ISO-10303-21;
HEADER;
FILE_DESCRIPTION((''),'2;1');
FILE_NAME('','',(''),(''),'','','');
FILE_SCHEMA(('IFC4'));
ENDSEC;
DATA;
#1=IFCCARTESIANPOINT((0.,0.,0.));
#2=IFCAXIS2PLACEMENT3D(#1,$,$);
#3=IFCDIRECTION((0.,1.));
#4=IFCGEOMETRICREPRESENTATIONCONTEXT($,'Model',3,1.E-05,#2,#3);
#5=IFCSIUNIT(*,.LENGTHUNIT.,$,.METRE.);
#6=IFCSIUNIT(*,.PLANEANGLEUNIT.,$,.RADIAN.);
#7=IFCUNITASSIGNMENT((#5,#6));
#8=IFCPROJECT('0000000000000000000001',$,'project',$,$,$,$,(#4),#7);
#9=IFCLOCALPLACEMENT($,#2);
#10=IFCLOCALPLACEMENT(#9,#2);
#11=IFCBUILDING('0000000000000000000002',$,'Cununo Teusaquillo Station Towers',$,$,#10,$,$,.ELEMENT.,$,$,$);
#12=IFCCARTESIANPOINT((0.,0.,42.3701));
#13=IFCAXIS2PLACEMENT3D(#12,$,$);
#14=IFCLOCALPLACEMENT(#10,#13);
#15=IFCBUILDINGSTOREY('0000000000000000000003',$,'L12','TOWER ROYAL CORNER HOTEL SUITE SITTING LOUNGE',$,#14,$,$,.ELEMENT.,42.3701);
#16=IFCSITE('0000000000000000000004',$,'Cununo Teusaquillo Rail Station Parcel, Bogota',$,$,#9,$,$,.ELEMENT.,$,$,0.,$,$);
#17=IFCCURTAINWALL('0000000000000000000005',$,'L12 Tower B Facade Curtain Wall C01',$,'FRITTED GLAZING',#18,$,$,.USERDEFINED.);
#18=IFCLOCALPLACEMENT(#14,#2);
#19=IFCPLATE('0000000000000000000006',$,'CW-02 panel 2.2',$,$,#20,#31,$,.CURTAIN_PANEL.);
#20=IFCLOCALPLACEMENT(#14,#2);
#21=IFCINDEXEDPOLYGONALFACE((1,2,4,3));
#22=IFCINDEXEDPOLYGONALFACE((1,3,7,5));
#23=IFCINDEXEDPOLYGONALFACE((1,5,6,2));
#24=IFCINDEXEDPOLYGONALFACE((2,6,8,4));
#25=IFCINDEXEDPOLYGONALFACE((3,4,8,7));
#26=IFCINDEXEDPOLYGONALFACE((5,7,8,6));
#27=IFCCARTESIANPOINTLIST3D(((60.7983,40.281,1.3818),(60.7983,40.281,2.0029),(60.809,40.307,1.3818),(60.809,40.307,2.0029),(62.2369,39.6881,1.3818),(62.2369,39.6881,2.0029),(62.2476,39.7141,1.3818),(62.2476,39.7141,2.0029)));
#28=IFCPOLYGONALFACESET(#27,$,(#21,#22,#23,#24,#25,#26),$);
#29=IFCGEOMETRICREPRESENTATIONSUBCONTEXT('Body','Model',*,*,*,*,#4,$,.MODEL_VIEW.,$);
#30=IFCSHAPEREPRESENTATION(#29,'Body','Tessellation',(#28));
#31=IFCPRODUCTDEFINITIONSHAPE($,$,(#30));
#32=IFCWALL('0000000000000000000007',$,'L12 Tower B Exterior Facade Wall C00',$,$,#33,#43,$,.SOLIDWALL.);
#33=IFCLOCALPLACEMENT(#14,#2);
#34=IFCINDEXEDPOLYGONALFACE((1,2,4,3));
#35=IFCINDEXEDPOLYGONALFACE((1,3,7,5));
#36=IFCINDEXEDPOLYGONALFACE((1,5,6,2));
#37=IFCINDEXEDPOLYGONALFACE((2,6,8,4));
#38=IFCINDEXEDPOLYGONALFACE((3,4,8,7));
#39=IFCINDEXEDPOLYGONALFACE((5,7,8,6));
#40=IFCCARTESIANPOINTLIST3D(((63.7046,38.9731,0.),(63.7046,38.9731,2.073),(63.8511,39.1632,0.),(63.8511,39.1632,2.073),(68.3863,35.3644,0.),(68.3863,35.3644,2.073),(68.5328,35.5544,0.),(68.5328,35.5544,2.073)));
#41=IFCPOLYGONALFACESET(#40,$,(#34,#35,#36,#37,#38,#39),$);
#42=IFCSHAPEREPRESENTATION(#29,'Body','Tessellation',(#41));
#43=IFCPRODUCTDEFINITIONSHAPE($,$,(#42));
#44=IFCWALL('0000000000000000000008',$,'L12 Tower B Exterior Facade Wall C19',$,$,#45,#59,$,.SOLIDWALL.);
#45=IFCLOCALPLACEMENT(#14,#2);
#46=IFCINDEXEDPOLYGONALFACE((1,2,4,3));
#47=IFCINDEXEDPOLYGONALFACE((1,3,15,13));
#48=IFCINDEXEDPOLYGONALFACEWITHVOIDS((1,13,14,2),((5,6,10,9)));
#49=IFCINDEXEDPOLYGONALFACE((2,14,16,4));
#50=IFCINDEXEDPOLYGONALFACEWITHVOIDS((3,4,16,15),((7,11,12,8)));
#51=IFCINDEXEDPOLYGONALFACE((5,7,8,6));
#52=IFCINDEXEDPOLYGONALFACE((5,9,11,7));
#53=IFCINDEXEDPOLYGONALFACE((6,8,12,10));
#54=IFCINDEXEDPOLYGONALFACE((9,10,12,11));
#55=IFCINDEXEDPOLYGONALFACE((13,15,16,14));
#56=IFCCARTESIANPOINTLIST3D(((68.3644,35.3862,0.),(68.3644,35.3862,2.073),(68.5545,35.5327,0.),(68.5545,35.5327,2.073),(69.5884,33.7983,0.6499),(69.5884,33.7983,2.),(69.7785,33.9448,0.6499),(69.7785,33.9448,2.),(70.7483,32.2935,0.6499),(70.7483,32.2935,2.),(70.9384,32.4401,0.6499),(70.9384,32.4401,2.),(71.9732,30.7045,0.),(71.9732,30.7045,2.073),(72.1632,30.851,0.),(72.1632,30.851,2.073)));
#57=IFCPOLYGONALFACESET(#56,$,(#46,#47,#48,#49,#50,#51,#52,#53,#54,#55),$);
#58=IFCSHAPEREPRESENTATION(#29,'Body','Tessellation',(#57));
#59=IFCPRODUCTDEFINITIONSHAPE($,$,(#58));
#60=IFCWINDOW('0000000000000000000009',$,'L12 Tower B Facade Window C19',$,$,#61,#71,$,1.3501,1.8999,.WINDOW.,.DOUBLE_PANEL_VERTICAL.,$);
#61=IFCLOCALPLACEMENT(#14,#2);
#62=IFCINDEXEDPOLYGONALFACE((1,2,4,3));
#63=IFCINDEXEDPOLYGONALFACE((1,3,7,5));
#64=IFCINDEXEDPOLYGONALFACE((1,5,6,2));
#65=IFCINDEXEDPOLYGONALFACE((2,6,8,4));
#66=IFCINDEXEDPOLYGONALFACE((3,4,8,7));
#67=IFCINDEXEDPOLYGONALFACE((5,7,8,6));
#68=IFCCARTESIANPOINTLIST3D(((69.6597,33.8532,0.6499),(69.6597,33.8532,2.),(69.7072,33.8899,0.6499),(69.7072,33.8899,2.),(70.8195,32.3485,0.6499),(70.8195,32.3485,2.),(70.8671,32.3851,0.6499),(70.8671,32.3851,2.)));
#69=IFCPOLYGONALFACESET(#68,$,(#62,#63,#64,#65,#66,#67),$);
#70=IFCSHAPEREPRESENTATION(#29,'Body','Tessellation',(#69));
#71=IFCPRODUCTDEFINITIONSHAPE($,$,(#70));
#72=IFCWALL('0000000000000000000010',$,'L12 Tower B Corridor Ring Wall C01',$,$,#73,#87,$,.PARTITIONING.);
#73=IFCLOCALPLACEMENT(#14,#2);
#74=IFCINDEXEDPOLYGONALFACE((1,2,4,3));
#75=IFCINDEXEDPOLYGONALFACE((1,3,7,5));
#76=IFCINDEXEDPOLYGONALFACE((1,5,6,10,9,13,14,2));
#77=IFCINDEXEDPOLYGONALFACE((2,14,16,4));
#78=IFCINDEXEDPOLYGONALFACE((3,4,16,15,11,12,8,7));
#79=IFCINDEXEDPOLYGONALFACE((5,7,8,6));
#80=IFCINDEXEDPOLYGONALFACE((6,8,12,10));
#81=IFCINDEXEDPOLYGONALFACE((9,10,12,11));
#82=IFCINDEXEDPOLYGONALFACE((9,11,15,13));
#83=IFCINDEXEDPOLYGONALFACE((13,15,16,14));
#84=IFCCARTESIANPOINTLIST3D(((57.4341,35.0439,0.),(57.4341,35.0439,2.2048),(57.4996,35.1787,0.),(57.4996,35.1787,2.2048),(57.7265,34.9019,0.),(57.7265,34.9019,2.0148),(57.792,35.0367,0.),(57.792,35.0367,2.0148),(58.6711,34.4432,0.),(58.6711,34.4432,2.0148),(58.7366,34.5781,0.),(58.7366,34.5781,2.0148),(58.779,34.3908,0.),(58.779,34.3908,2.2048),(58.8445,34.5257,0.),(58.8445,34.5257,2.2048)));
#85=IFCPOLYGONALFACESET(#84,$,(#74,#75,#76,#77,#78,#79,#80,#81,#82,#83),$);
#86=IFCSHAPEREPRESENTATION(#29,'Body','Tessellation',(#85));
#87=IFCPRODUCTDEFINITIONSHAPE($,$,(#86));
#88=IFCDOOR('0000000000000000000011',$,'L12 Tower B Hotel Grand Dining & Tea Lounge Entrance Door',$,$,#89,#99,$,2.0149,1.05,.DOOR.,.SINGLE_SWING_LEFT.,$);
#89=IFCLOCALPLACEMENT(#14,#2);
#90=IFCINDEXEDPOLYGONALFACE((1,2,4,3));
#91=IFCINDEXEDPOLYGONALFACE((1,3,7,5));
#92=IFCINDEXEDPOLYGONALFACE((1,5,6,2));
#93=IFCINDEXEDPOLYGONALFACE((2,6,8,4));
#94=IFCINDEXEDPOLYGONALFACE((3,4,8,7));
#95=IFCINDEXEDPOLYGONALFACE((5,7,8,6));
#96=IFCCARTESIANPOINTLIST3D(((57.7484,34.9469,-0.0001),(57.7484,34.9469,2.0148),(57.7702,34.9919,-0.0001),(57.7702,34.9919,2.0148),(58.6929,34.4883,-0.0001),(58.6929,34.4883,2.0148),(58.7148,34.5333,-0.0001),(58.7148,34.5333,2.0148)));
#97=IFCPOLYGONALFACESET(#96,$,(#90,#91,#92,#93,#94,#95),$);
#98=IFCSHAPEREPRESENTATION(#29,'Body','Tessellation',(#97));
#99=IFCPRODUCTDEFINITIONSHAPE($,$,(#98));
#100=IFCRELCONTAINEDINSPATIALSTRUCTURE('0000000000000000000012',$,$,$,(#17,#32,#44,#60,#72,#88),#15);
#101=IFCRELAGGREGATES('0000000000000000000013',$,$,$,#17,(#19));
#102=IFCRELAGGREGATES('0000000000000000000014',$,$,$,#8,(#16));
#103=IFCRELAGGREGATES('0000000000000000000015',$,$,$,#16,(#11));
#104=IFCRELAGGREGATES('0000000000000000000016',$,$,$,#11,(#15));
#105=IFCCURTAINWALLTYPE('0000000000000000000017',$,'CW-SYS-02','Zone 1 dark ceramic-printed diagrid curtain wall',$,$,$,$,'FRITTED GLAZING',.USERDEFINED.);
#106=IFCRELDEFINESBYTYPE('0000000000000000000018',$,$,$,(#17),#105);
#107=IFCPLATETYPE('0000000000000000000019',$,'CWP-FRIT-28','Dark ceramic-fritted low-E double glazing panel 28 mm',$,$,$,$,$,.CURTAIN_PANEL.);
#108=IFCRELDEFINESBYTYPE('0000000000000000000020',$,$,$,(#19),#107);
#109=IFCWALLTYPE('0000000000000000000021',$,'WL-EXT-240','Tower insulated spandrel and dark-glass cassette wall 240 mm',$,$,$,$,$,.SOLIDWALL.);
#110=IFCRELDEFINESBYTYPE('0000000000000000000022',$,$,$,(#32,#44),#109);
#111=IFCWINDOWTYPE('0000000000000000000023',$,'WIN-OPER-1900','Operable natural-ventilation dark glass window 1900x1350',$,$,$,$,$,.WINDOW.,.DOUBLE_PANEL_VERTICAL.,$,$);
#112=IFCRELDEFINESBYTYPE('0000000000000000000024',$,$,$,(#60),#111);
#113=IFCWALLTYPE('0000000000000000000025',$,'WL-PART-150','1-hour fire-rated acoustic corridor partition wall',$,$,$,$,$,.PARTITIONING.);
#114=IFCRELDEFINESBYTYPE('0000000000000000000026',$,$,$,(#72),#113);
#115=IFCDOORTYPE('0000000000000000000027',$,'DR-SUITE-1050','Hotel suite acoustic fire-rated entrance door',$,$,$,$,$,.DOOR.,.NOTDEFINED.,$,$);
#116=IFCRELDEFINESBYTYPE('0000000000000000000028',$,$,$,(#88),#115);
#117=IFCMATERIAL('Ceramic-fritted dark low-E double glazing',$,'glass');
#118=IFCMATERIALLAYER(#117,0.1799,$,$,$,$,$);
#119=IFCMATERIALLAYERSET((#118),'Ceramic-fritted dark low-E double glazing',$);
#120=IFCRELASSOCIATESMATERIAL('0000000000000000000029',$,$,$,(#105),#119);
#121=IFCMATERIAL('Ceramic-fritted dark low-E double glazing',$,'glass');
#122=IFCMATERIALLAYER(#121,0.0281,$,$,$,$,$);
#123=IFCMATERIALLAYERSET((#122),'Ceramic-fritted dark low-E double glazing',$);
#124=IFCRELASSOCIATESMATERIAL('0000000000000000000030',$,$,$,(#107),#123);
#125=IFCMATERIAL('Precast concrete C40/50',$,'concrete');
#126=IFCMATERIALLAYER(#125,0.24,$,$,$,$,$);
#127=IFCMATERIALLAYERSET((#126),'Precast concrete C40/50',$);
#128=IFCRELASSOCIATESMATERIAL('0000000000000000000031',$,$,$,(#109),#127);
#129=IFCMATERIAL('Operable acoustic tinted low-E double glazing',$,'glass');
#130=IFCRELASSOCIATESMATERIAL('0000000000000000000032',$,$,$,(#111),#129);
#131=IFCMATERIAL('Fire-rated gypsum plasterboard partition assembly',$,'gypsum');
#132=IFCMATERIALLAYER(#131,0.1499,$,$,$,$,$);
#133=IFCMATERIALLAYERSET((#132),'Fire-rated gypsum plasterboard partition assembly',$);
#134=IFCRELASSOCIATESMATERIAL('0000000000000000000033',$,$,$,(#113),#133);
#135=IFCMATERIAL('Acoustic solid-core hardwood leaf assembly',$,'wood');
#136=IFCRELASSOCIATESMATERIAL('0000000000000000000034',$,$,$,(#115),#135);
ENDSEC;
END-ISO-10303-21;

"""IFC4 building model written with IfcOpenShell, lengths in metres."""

from ifc_helpers import new_model, si_unit, direction, frame, frame_2d, origin, origin_2d, place, context, subcontext, project, spatial, rectangle, extrude, source, transform, mapped, material, layer, layer_set, type_object, element, fill, aggregate, save


model = new_model("IFC4")

# Units and contexts
model_context = context("Model", 3, precision=1e-05, world=origin(), true_north=direction((0.0, 1.0)))
body_context = subcontext(model_context, "Body", "Model", "MODEL_VIEW")
ifc_project = project(units=[si_unit("LENGTHUNIT", "METRE"), si_unit("PLANEANGLEUNIT", "RADIAN")], contexts=[model_context])

# Site, building, storey
site_placement = place(None, origin())
site = spatial("IfcSite", under=ifc_project, at=site_placement, Name="Cununo Teusaquillo Rail Station Parcel, Bogota", CompositionType="ELEMENT", RefElevation=0.0)
building_placement = place(site_placement, origin())
building = spatial("IfcBuilding", under=site, at=building_placement, Name="Cununo Teusaquillo Station Towers", CompositionType="ELEMENT")
storey_placement = place(building_placement, frame((0.0, 0.0, 42.3701)))
storey = spatial("IfcBuildingStorey", under=building, at=storey_placement, Name="L12", Description="TOWER ROYAL CORNER HOTEL SUITE SITTING LOUNGE", CompositionType="ELEMENT", Elevation=42.3701)

# Curtain wall
ifc_material_1 = material(Name="Ceramic-fritted dark low-E double glazing", Category="glass")
ifc_layer_1 = layer(ifc_material_1, 0.1799)
ifc_layer_set_1 = layer_set([ifc_layer_1], Name="Ceramic-fritted dark low-E double glazing")
curtain_wall_type = type_object("IfcCurtainWallType", Name="CW-SYS-02", Description="Zone 1 dark ceramic-printed diagrid curtain wall", ElementType="FRITTED GLAZING", PredefinedType="USERDEFINED", material=ifc_layer_set_1)
curtain_wall_placement = place(storey_placement, origin())
curtain_wall = element("IfcCurtainWall", 1, at=curtain_wall_placement, inside=storey, type_object=curtain_wall_type, Name="L12 Tower B Facade Curtain Wall C01", ObjectType="FRITTED GLAZING", PredefinedType="USERDEFINED")

# Plate
ifc_material_2 = material(Name="Ceramic-fritted dark low-E double glazing", Category="glass")
ifc_layer_2 = layer(ifc_material_2, 0.0281)
ifc_layer_set_2 = layer_set([ifc_layer_2], Name="Ceramic-fritted dark low-E double glazing")
plate_type = type_object("IfcPlateType", Name="CWP-FRIT-28", Description="Dark ceramic-fritted low-E double glazing panel 28 mm", PredefinedType="CURTAIN_PANEL", material=ifc_layer_set_2)
shared_shape_1 = source(origin(), body_context, "Body", "SweptSolid", [
    extrude(rectangle(XDim=1.5559, YDim=0.0281, at=origin_2d()), origin(), (0.0, 0.0, 1.0), 0.6211),
])
plate_1_placement = place(storey_placement, frame((61.5229, 39.9976, 1.3818), z_axis=(0.0, 0.0, 1.0), x_axis=(0.924552, -0.381055, 0.0)))
plate_1 = element("IfcPlate", 2, at=plate_1_placement, type_object=plate_type, Name="CW-02 panel 2.2", PredefinedType="CURTAIN_PANEL", context=body_context, shape_type="MappedRepresentation", body=[
    mapped(shared_shape_1, transform((0.0, 0.0, 0.0), x_axis=(1.0, 0.0, 0.0), y_axis=(0.0, 1.0, 0.0), z_axis=(0.0, 0.0, 1.0), scale=1.0)),
])
aggregate(curtain_wall, [plate_1])

# Wall
ifc_material_3 = material(Name="Precast concrete C40/50", Category="concrete")
ifc_layer_3 = layer(ifc_material_3, 0.24)
ifc_layer_set_3 = layer_set([ifc_layer_3], Name="Precast concrete C40/50")
wall_type_1 = type_object("IfcWallType", Name="WL-EXT-240", Description="Tower insulated spandrel and dark-glass cassette wall 240 mm", PredefinedType="SOLIDWALL", material=ifc_layer_set_3)
wall_1_placement = place(storey_placement, frame((63.7778, 39.0681, 0.0), z_axis=(0.0, 0.0, 1.0), x_axis=(0.79202, -0.610495, 0.0)))
element("IfcWall", 3, at=wall_1_placement, inside=storey, type_object=wall_type_1, Name="L12 Tower B Exterior Facade Wall C00", PredefinedType="SOLIDWALL", context=body_context, shape_type="SweptSolid", body=[
    extrude(rectangle(XDim=5.9111, YDim=0.24, at=frame_2d((2.9556, 0.0))), origin(), (0.0, 0.0, 1.0), 2.073),
])

# Wall, opening, window
wall_2_placement = place(storey_placement, frame((68.4595, 35.4595, 0.0), z_axis=(0.0, 0.0, 1.0), x_axis=(0.610495, -0.79202, 0.0)))
wall_2 = element("IfcWall", 4, at=wall_2_placement, inside=storey, type_object=wall_type_1, Name="L12 Tower B Exterior Facade Wall C19", PredefinedType="SOLIDWALL", context=body_context, shape_type="SweptSolid", body=[
    extrude(rectangle(XDim=5.9111, YDim=0.24, at=frame_2d((2.9556, 0.0))), origin(), (0.0, 0.0, 1.0), 2.073),
])
shared_shape_2 = source(origin(), body_context, "Body", "SweptSolid", [
    extrude(rectangle(XDim=1.8999, YDim=1.3501, at=frame_2d((0.95, 0.675))), frame((0.0, 0.1299, 0.0), z_axis=(0.0, -1.0, 0.0), x_axis=(1.0, 0.0, 0.0)), (0.0, 0.0, 1.0), 0.26),
])
opening_1_placement = place(wall_2_placement, frame((2.0049, 0.0, 0.6499)))
opening_1 = element("IfcOpeningElement", 5, at=opening_1_placement, cuts=wall_2, PredefinedType="OPENING", context=body_context, shape_type="MappedRepresentation", body=[
    mapped(shared_shape_2, transform((0.0, 0.0, 0.0), x_axis=(1.0, 0.0, 0.0), y_axis=(0.0, 1.0, 0.0), z_axis=(0.0, 0.0, 1.0), scale=1.0)),
])
ifc_material_4 = material(Name="Operable acoustic tinted low-E double glazing", Category="glass")
window_type = type_object("IfcWindowType", Name="WIN-OPER-1900", Description="Operable natural-ventilation dark glass window 1900x1350", PartitioningType="DOUBLE_PANEL_VERTICAL", PredefinedType="WINDOW", material=ifc_material_4)
shared_shape_3 = source(origin(), body_context, "Body", "SweptSolid", [
    extrude(rectangle(XDim=1.8999, YDim=1.3501, at=frame_2d((0.95, 0.675))), frame((0.0, 0.03, 0.0), z_axis=(0.0, -1.0, 0.0), x_axis=(1.0, 0.0, 0.0)), (0.0, 0.0, 1.0), 0.0601),
])
window_placement = place(opening_1_placement, origin())
window = element("IfcWindow", 6, at=window_placement, inside=storey, type_object=window_type, Name="L12 Tower B Facade Window C19", OverallHeight=1.3501, OverallWidth=1.8999, PartitioningType="DOUBLE_PANEL_VERTICAL", PredefinedType="WINDOW", context=body_context, shape_type="MappedRepresentation", body=[
    mapped(shared_shape_3, transform((0.0, 0.0, 0.0), x_axis=(1.0, 0.0, 0.0), y_axis=(0.0, 1.0, 0.0), z_axis=(0.0, 0.0, 1.0), scale=1.0)),
])
fill(opening_1, window)

# Wall, opening, door
ifc_material_5 = material(Name="Fire-rated gypsum plasterboard partition assembly", Category="gypsum")
ifc_layer_4 = layer(ifc_material_5, 0.1499)
ifc_layer_set_4 = layer_set([ifc_layer_4], Name="Fire-rated gypsum plasterboard partition assembly")
wall_type_2 = type_object("IfcWallType", Name="WL-PART-150", Description="1-hour fire-rated acoustic corridor partition wall", PredefinedType="PARTITIONING", material=ifc_layer_set_4)
wall_3_placement = place(storey_placement, frame((58.8118, 34.4583, 0.0), z_axis=(0.0, 0.0, 1.0), x_axis=(-0.899559, 0.436798, 0.0)))
wall_3 = element("IfcWall", 7, at=wall_3_placement, inside=storey, type_object=wall_type_2, Name="L12 Tower B Corridor Ring Wall C01", PredefinedType="PARTITIONING", context=body_context, shape_type="SweptSolid", body=[
    extrude(rectangle(XDim=1.4951, YDim=0.1499, at=frame_2d((0.7476, 0.0))), origin(), (0.0, 0.0, 1.0), 2.2048),
])
shared_shape_4 = source(origin(), body_context, "Body", "SweptSolid", [
    extrude(rectangle(XDim=1.05, YDim=2.0149, at=frame_2d((0.5249, 1.0073))), frame((0.0, 0.085, 0.0), z_axis=(0.0, -1.0, 0.0), x_axis=(1.0, 0.0, 0.0)), (0.0, 0.0, 1.0), 0.1699),
])
opening_2_placement = place(wall_3_placement, frame((0.1201, 0.0, 0.0)))
opening_2 = element("IfcOpeningElement", 8, at=opening_2_placement, cuts=wall_3, PredefinedType="OPENING", context=body_context, shape_type="MappedRepresentation", body=[
    mapped(shared_shape_4, transform((0.0, 0.0, 0.0), x_axis=(1.0, 0.0, 0.0), y_axis=(0.0, 1.0, 0.0), z_axis=(0.0, 0.0, 1.0), scale=1.0)),
])
ifc_material_6 = material(Name="Acoustic solid-core hardwood leaf assembly", Category="wood")
door_type = type_object("IfcDoorType", Name="DR-SUITE-1050", Description="Hotel suite acoustic fire-rated entrance door", OperationType="NOTDEFINED", PredefinedType="DOOR", material=ifc_material_6)
shared_shape_5 = source(origin(), body_context, "Body", "SweptSolid", [
    extrude(rectangle(XDim=1.05, YDim=2.0149, at=frame_2d((0.5249, 1.0073))), frame((0.0, 0.0249, 0.0), z_axis=(0.0, -1.0, 0.0), x_axis=(1.0, 0.0, 0.0)), (0.0, 0.0, 1.0), 0.05),
])
door_placement = place(opening_2_placement, origin())
door = element("IfcDoor", 9, at=door_placement, inside=storey, type_object=door_type, Name="L12 Tower B Hotel Grand Dining & Tea Lounge Entrance Door", OperationType="SINGLE_SWING_LEFT", OverallHeight=2.0149, OverallWidth=1.05, PredefinedType="DOOR", context=body_context, shape_type="MappedRepresentation", body=[
    mapped(shared_shape_5, transform((0.0, 0.0, 0.0), x_axis=(1.0, 0.0, 0.0), y_axis=(0.0, 1.0, 0.0), z_axis=(0.0, 0.0, 1.0), scale=1.0)),
])
fill(opening_2, door)

save(model, "model.ifc")
